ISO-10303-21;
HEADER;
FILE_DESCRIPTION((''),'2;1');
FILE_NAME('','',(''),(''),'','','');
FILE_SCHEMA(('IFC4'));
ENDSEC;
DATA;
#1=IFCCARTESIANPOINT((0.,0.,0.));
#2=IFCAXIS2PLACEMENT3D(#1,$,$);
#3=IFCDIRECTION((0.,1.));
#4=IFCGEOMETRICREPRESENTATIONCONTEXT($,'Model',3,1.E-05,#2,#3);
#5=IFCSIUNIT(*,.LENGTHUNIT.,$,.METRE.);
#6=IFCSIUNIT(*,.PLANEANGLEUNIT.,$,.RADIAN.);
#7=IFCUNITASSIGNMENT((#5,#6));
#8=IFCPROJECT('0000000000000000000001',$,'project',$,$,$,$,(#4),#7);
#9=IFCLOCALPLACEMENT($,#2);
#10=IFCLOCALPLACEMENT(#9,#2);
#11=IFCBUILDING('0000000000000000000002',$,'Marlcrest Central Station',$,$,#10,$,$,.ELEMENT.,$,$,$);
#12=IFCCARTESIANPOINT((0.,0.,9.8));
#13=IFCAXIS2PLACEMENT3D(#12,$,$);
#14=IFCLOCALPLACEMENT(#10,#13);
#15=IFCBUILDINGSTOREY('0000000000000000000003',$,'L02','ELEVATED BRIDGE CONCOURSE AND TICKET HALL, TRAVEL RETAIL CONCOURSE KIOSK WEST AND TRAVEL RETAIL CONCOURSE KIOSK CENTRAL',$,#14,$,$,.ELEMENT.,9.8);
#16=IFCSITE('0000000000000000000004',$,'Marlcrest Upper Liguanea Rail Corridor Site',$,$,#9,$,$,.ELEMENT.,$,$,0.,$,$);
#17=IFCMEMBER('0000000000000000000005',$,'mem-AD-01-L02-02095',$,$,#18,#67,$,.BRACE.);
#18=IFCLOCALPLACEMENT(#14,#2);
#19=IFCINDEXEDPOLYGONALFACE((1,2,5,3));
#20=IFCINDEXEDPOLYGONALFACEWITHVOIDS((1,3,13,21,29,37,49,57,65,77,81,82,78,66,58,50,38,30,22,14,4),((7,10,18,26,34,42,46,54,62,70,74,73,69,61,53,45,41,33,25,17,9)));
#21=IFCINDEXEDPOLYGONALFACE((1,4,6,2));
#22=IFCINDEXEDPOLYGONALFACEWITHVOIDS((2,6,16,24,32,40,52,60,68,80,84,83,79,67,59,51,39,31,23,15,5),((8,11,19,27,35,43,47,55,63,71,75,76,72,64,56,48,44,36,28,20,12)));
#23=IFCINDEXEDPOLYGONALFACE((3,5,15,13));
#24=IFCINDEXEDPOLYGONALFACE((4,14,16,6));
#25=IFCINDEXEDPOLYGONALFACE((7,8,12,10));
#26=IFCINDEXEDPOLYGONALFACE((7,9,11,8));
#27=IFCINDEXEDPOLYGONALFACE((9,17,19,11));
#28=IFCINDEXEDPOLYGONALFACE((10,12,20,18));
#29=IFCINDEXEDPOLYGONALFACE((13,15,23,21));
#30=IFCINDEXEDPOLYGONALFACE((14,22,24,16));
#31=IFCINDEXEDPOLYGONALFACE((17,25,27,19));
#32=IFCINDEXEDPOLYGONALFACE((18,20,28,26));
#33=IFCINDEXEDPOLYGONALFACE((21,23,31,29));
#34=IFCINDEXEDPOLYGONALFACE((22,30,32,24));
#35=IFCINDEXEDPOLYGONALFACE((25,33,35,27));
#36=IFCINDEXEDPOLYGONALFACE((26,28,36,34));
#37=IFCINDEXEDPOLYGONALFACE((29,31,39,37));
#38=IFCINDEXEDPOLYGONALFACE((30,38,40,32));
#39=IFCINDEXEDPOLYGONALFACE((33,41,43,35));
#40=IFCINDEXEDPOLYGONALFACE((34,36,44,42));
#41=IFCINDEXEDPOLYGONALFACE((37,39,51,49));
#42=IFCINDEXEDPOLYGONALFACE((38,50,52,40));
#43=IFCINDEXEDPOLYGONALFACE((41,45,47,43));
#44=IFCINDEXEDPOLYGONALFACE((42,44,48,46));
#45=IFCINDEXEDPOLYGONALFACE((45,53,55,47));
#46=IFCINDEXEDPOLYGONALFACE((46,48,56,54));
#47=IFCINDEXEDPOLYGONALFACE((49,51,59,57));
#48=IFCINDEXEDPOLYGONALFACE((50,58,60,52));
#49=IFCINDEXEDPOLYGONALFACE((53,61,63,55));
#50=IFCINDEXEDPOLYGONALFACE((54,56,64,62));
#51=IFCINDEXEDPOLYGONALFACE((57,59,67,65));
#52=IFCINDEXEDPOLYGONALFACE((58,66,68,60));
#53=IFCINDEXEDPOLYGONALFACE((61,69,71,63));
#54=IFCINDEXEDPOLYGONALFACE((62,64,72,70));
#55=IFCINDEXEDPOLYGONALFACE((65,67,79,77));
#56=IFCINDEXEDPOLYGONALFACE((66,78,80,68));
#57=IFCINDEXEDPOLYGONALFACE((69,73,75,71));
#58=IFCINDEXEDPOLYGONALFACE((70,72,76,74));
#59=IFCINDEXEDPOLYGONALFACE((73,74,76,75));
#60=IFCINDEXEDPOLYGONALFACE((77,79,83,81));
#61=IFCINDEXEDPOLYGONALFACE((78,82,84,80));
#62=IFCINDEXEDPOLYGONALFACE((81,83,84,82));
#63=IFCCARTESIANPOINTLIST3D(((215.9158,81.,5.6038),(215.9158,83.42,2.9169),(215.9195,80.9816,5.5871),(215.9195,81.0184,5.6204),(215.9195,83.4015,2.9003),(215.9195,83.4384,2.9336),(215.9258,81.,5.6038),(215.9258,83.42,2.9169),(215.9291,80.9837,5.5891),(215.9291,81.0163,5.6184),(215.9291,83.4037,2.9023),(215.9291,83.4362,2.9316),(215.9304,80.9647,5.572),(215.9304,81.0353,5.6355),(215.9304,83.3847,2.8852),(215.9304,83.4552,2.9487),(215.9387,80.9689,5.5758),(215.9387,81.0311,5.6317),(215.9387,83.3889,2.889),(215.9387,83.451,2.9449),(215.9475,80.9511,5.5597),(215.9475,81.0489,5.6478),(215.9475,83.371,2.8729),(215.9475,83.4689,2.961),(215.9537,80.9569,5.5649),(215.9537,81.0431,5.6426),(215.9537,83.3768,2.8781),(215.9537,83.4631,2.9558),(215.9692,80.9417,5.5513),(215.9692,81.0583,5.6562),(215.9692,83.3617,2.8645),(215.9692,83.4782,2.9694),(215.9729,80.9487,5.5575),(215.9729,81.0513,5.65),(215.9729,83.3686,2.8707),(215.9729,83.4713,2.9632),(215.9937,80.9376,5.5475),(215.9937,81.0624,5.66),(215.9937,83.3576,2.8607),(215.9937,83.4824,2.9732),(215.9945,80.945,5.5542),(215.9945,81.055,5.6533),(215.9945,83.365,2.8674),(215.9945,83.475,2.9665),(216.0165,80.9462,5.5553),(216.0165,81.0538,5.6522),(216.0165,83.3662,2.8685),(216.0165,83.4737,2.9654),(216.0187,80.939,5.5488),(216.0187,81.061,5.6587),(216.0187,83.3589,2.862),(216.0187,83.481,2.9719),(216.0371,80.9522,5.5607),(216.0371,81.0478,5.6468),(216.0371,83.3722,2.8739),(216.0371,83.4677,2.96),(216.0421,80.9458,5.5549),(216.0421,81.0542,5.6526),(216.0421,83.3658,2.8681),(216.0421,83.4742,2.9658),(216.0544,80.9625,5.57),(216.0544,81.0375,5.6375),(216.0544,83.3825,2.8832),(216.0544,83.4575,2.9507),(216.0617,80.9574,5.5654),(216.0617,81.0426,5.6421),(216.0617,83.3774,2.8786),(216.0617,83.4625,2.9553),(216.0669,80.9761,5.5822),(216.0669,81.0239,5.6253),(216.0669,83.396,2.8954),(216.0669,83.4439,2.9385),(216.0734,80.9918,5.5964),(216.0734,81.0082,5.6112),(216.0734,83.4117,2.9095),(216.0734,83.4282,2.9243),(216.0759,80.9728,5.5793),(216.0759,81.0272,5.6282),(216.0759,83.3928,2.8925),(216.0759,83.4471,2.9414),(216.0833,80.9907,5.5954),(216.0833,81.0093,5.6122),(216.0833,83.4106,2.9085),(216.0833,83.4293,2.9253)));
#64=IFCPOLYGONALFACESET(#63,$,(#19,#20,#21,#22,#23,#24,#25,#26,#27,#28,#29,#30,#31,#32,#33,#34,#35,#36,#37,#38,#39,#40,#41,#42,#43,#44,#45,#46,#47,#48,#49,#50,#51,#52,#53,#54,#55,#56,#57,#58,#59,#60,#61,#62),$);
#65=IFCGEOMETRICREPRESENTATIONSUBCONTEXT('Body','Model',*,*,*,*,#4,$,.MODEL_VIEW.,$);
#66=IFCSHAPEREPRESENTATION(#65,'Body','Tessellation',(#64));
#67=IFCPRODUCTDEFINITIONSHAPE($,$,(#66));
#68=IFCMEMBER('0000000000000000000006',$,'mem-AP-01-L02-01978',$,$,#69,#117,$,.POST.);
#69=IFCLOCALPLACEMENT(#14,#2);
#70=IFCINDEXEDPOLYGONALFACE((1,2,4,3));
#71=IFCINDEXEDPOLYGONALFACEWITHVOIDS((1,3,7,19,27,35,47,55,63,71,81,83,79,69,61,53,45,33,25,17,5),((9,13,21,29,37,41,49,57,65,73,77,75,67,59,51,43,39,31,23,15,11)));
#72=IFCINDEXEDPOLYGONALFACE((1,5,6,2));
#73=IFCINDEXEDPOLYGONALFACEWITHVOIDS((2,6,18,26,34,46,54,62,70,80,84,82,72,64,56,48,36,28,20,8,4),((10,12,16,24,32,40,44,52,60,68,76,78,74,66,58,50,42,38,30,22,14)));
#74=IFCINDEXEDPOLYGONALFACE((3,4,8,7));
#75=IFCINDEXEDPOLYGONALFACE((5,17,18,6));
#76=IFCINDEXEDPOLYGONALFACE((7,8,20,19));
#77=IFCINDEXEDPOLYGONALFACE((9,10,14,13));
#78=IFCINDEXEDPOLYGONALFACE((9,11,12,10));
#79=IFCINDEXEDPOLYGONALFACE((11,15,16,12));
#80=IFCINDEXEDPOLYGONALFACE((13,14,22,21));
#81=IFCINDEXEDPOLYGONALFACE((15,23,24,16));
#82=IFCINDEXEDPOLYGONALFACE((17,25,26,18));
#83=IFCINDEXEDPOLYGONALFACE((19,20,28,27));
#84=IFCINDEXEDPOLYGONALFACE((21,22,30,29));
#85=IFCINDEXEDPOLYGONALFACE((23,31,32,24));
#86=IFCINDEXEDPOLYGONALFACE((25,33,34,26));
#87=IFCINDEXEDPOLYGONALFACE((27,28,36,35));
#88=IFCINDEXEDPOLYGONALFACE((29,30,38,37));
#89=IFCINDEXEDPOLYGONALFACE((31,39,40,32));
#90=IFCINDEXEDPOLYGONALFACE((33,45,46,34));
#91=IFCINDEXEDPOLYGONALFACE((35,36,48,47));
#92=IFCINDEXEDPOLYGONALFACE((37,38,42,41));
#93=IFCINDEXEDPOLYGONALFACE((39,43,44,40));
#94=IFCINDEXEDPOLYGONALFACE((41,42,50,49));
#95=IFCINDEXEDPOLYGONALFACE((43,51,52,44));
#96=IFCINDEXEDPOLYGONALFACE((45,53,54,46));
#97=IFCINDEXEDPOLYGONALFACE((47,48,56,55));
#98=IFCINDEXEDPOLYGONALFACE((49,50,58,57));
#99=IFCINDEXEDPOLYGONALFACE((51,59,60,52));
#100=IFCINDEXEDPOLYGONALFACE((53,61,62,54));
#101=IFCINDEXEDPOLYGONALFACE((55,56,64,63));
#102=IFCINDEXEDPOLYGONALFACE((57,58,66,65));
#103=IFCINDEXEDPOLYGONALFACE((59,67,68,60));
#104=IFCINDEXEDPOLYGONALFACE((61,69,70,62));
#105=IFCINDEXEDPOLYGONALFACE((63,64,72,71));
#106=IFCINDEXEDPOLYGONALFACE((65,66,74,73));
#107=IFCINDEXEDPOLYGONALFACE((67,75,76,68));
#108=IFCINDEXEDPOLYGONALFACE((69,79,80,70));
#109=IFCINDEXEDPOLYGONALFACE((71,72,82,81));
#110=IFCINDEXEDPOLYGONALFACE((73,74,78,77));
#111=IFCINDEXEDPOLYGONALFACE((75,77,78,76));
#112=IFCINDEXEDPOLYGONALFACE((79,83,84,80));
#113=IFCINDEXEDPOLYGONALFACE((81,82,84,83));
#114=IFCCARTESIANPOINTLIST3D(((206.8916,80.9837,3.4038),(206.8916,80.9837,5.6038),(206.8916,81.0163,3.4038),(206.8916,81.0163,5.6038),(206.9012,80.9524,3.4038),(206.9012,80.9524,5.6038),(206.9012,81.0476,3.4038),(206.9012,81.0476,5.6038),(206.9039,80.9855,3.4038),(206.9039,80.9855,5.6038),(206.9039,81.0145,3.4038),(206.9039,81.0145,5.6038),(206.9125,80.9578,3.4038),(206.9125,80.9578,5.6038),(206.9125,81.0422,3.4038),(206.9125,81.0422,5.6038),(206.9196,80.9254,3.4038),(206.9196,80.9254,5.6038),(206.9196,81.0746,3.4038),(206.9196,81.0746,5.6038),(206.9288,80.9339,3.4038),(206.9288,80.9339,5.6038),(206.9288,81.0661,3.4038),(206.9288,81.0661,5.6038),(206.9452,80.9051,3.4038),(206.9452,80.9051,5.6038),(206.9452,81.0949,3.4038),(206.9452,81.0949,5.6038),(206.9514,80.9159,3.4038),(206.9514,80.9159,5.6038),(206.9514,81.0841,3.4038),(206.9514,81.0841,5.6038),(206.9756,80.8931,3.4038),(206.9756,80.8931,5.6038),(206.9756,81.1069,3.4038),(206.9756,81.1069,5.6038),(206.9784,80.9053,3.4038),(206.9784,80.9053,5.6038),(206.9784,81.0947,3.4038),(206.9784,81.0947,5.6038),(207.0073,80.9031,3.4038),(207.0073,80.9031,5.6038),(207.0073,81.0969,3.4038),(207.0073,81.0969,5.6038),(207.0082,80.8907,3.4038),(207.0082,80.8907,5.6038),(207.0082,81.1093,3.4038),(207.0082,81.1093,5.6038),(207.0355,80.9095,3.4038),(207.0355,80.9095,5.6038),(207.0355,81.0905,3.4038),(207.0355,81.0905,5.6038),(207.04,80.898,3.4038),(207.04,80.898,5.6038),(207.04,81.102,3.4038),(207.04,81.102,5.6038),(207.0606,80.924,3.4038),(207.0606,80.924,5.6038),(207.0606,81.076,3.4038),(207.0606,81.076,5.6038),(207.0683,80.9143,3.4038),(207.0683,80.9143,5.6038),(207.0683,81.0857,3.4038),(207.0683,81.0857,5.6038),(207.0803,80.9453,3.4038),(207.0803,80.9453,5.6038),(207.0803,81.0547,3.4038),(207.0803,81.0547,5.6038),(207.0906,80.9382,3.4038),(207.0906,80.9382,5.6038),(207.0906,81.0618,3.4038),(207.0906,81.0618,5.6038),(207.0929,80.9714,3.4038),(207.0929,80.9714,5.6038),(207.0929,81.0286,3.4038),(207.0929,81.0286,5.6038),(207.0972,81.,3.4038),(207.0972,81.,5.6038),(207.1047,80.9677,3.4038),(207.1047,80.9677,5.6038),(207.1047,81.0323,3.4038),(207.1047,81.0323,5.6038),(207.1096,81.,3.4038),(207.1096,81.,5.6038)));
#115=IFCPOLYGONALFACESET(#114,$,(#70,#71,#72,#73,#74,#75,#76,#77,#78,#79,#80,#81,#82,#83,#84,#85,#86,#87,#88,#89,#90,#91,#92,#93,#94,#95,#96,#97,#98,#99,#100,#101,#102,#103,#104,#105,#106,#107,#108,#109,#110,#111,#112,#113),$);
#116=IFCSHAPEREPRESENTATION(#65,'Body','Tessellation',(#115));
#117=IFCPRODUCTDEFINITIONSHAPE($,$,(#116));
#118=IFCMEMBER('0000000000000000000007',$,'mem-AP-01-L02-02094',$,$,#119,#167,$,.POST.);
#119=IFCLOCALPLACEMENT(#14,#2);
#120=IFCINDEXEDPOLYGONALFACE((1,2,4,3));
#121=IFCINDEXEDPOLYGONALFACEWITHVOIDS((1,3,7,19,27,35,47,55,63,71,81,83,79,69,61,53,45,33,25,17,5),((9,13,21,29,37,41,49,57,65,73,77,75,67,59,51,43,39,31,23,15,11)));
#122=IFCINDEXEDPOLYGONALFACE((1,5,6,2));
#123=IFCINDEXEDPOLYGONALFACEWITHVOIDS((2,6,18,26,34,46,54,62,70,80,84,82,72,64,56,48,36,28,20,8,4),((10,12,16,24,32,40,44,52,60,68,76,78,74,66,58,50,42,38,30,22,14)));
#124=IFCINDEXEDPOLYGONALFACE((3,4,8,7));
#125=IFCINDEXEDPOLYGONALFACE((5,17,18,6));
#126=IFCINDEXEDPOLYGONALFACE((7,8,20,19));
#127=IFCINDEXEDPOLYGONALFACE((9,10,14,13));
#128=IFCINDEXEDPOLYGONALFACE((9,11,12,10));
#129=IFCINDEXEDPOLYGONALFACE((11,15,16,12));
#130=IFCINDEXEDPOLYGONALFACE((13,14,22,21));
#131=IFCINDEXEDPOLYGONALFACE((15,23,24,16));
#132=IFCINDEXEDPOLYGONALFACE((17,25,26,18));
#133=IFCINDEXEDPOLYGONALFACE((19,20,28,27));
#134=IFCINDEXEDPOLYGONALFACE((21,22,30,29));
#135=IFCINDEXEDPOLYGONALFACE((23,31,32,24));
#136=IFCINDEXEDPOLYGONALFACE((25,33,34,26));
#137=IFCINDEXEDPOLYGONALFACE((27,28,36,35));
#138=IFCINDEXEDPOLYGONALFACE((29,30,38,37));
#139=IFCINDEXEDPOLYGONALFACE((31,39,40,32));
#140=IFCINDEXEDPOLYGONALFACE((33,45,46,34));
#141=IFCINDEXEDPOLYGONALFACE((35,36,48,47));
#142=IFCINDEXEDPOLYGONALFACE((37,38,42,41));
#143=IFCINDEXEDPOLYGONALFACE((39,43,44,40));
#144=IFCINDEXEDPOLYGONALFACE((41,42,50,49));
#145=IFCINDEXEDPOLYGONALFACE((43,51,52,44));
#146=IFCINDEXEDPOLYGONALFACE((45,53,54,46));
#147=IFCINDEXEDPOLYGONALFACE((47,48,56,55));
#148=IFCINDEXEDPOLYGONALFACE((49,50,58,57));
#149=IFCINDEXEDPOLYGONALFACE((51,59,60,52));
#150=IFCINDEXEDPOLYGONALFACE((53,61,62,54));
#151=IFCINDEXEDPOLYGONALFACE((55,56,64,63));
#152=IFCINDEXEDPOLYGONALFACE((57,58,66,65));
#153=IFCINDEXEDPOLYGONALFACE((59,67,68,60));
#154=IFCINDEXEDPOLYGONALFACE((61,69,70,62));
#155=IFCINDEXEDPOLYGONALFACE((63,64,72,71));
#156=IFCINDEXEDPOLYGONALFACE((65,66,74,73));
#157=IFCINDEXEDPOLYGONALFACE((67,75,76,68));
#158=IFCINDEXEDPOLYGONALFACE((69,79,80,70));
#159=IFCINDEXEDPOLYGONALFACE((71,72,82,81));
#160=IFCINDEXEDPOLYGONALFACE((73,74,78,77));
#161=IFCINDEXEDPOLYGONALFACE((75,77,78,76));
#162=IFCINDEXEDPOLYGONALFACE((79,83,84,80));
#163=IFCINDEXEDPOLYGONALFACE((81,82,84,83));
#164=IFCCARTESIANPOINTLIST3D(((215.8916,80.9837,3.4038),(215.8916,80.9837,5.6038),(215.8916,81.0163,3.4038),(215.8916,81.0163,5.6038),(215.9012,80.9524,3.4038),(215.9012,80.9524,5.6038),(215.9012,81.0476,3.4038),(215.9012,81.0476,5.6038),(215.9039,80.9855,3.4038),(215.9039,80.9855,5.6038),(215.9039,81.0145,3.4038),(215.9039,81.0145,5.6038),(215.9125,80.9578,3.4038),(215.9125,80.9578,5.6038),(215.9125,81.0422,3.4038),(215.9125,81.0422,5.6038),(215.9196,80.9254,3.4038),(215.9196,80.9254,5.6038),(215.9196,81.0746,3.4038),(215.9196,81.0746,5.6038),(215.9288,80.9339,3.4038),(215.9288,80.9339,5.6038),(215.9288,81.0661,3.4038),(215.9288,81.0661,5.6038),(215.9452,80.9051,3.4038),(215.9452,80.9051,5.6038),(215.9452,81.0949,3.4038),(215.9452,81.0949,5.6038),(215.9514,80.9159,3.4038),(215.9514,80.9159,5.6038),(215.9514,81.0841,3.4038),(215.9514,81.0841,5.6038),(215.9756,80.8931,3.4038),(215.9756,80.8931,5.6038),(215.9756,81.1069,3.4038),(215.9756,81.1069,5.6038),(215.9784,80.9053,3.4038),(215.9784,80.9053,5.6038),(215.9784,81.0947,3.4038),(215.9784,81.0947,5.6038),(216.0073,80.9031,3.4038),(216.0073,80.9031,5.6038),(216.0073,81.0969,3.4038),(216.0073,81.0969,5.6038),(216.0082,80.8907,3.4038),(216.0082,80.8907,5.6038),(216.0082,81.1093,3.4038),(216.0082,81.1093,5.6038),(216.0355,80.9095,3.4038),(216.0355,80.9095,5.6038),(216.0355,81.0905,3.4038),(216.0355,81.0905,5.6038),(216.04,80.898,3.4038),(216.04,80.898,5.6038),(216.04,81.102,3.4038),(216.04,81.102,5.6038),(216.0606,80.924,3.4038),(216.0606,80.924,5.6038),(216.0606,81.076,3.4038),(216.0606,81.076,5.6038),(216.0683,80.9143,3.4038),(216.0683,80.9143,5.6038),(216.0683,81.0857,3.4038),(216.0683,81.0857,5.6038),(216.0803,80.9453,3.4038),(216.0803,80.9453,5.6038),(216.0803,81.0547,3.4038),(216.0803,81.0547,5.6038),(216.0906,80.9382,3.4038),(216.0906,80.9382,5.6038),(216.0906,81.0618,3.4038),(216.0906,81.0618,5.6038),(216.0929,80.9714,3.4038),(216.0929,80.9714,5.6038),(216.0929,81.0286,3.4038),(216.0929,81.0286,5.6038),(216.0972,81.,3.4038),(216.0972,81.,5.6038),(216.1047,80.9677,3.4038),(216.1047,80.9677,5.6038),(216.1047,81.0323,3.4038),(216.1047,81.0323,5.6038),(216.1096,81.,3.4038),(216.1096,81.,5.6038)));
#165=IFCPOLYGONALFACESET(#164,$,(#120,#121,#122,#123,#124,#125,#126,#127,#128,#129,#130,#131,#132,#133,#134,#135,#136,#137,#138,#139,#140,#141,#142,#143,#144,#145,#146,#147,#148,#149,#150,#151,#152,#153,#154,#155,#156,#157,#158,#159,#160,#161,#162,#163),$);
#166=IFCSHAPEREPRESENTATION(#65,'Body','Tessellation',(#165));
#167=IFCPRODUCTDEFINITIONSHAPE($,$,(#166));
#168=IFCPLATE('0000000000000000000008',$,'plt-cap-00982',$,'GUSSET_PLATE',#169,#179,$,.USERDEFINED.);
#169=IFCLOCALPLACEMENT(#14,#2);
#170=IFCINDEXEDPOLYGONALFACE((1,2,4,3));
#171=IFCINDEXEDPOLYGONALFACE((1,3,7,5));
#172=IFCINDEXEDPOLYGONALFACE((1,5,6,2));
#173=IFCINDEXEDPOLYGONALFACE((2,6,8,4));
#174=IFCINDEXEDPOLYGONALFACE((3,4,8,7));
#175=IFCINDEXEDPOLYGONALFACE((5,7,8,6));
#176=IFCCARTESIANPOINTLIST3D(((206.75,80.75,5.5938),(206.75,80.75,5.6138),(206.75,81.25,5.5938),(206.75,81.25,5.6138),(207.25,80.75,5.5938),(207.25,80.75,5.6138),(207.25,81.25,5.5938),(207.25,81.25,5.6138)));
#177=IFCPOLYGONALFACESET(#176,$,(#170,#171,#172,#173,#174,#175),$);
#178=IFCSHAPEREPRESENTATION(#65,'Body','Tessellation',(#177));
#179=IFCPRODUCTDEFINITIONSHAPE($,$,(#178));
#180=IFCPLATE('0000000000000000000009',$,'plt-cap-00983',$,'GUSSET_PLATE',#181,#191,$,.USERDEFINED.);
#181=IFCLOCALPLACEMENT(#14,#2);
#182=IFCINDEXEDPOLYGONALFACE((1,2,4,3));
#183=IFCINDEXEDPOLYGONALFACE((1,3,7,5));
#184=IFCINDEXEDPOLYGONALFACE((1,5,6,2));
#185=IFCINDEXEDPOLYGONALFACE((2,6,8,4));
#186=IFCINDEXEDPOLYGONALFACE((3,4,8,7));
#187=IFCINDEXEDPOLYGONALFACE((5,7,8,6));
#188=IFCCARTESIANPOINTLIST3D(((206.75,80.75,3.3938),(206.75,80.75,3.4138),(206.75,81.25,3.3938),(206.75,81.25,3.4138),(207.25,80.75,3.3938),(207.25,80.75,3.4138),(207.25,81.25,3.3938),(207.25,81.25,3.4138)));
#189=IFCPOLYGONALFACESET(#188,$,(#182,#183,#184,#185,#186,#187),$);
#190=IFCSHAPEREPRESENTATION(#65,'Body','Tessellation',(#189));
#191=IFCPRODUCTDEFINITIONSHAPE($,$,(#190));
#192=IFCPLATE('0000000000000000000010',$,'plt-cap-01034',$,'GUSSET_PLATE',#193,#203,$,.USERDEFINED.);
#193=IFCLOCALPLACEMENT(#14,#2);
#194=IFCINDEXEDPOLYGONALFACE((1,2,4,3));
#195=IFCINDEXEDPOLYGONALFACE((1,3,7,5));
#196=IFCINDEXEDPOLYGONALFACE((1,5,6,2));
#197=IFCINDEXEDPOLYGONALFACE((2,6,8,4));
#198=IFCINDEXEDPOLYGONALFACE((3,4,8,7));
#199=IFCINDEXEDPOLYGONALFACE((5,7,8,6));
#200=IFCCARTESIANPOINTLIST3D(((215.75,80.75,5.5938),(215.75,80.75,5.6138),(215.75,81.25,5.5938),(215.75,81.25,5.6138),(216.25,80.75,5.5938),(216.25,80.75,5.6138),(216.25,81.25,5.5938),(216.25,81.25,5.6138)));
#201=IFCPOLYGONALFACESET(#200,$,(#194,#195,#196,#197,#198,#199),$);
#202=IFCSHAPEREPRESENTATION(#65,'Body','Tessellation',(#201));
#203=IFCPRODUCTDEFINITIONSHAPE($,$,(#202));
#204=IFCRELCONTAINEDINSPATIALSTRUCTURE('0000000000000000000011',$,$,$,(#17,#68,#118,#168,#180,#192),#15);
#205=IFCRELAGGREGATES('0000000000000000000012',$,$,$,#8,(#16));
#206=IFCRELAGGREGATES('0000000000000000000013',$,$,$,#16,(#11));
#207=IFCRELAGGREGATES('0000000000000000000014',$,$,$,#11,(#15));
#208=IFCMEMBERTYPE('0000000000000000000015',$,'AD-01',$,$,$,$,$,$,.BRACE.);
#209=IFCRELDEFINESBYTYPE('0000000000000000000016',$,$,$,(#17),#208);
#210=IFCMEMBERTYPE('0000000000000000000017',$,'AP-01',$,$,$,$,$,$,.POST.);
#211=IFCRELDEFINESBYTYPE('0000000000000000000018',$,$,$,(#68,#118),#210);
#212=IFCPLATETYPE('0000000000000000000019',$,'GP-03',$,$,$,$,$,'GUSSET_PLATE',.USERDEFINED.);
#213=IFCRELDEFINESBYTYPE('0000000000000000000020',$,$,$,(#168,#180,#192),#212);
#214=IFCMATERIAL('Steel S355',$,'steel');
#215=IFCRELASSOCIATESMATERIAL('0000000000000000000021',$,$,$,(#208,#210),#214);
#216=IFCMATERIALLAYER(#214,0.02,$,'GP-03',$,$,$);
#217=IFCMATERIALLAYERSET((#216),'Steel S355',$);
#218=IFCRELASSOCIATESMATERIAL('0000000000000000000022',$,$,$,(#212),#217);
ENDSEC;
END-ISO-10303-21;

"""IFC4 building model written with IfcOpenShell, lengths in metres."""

from ifc_helpers import new_model, si_unit, direction, frame, origin, origin_2d, place, context, subcontext, project, spatial, rectangle, hollow_circle, extrude, material, layer, layer_set, material_profile, profile_set, type_object, element, save


model = new_model("IFC4")

# Units and contexts
model_context = context("Model", 3, precision=1e-05, world=origin(), true_north=direction((0.0, 1.0)))
body_context = subcontext(model_context, "Body", "Model", "MODEL_VIEW")
ifc_project = project(units=[si_unit("LENGTHUNIT", "METRE"), si_unit("PLANEANGLEUNIT", "RADIAN")], contexts=[model_context])

# Site, building, storey
site_placement = place(None, origin())
site = spatial("IfcSite", under=ifc_project, at=site_placement, Name="Marlcrest Upper Liguanea Rail Corridor Site", CompositionType="ELEMENT", RefElevation=0.0)
building_placement = place(site_placement, origin())
building = spatial("IfcBuilding", under=site, at=building_placement, Name="Marlcrest Central Station", CompositionType="ELEMENT")
storey_placement = place(building_placement, frame((0.0, 0.0, 9.8)))
storey = spatial("IfcBuildingStorey", under=building, at=storey_placement, Name="L02", Description="ELEVATED BRIDGE CONCOURSE AND TICKET HALL, TRAVEL RETAIL CONCOURSE KIOSK WEST AND TRAVEL RETAIL CONCOURSE KIOSK CENTRAL", CompositionType="ELEMENT", Elevation=9.8)

# Members
ifc_material_1 = material(Name="Steel S355", Category="steel")
ifc_material_profile_1 = material_profile(ifc_material_1, hollow_circle(Radius=0.0842, WallThickness=0.01, at=origin_2d()), Name="CHS 168.3x10")
ifc_profile_set_1 = profile_set([ifc_material_profile_1], Name="Steel S355")
member_type_1 = type_object("IfcMemberType", Name="AD-01", PredefinedType="BRACE", material=ifc_profile_set_1)
for number, where, z_axis, x_axis, name in (
    (1, (216.0, 81.0, 5.6038), (0.0, 0.669244, -0.743042), (-1.0, 0.0, 0.0), "mem-AD-01-L02-02095"),
):
    element("IfcMember", number, at=place(storey_placement, frame(where, z_axis=z_axis, x_axis=x_axis)), inside=storey, type_object=member_type_1, Name=name, PredefinedType="BRACE", context=body_context, shape_type="SweptSolid", body=[
        extrude(hollow_circle(Radius=0.0842, WallThickness=0.01, at=origin_2d()), origin(), (0.0, 0.0, 1.0), 3.616),
    ])
ifc_material_profile_2 = material_profile(ifc_material_1, hollow_circle(Radius=0.1096, WallThickness=0.0125, at=origin_2d()), Name="CHS 219.1x12.5")
ifc_profile_set_2 = profile_set([ifc_material_profile_2], Name="Steel S355")
member_type_2 = type_object("IfcMemberType", Name="AP-01", PredefinedType="POST", material=ifc_profile_set_2)
for number, where, z_axis, x_axis, name in (
    (2, (207.0, 81.0, 3.4038), (0.0, 0.0, 1.0), (1.0, 0.0, 0.0), "mem-AP-01-L02-01978"),
    (3, (216.0, 81.0, 3.4038), (0.0, 0.0, 1.0), (1.0, 0.0, 0.0), "mem-AP-01-L02-02094"),
):
    element("IfcMember", number, at=place(storey_placement, frame(where, z_axis=z_axis, x_axis=x_axis)), inside=storey, type_object=member_type_2, Name=name, PredefinedType="POST", context=body_context, shape_type="SweptSolid", body=[
        extrude(hollow_circle(Radius=0.1096, WallThickness=0.0125, at=origin_2d()), origin(), (0.0, 0.0, 1.0), 2.2),
    ])

# Plates
ifc_layer_1 = layer(ifc_material_1, 0.02, Name="GP-03")
ifc_layer_set_1 = layer_set([ifc_layer_1], Name="Steel S355")
plate_type = type_object("IfcPlateType", Name="GP-03", ElementType="GUSSET_PLATE", PredefinedType="USERDEFINED", material=ifc_layer_set_1)
for number, where, z_axis, x_axis, name in (
    (4, (207.0, 81.0, 5.5938), (0.0, 0.0, 1.0), (1.0, 0.0, 0.0), "plt-cap-00982"),
    (5, (207.0, 81.0, 3.3938), (0.0, 0.0, 1.0), (1.0, 0.0, 0.0), "plt-cap-00983"),
    (6, (216.0, 81.0, 5.5938), (0.0, 0.0, 1.0), (1.0, 0.0, 0.0), "plt-cap-01034"),
):
    element("IfcPlate", number, at=place(storey_placement, frame(where, z_axis=z_axis, x_axis=x_axis)), inside=storey, type_object=plate_type, Name=name, ObjectType="GUSSET_PLATE", PredefinedType="USERDEFINED", context=body_context, shape_type="SweptSolid", body=[
        extrude(rectangle(XDim=0.5, YDim=0.5, at=origin_2d()), origin(), (0.0, 0.0, 1.0), 0.02),
    ])

save(model, "model.ifc")
